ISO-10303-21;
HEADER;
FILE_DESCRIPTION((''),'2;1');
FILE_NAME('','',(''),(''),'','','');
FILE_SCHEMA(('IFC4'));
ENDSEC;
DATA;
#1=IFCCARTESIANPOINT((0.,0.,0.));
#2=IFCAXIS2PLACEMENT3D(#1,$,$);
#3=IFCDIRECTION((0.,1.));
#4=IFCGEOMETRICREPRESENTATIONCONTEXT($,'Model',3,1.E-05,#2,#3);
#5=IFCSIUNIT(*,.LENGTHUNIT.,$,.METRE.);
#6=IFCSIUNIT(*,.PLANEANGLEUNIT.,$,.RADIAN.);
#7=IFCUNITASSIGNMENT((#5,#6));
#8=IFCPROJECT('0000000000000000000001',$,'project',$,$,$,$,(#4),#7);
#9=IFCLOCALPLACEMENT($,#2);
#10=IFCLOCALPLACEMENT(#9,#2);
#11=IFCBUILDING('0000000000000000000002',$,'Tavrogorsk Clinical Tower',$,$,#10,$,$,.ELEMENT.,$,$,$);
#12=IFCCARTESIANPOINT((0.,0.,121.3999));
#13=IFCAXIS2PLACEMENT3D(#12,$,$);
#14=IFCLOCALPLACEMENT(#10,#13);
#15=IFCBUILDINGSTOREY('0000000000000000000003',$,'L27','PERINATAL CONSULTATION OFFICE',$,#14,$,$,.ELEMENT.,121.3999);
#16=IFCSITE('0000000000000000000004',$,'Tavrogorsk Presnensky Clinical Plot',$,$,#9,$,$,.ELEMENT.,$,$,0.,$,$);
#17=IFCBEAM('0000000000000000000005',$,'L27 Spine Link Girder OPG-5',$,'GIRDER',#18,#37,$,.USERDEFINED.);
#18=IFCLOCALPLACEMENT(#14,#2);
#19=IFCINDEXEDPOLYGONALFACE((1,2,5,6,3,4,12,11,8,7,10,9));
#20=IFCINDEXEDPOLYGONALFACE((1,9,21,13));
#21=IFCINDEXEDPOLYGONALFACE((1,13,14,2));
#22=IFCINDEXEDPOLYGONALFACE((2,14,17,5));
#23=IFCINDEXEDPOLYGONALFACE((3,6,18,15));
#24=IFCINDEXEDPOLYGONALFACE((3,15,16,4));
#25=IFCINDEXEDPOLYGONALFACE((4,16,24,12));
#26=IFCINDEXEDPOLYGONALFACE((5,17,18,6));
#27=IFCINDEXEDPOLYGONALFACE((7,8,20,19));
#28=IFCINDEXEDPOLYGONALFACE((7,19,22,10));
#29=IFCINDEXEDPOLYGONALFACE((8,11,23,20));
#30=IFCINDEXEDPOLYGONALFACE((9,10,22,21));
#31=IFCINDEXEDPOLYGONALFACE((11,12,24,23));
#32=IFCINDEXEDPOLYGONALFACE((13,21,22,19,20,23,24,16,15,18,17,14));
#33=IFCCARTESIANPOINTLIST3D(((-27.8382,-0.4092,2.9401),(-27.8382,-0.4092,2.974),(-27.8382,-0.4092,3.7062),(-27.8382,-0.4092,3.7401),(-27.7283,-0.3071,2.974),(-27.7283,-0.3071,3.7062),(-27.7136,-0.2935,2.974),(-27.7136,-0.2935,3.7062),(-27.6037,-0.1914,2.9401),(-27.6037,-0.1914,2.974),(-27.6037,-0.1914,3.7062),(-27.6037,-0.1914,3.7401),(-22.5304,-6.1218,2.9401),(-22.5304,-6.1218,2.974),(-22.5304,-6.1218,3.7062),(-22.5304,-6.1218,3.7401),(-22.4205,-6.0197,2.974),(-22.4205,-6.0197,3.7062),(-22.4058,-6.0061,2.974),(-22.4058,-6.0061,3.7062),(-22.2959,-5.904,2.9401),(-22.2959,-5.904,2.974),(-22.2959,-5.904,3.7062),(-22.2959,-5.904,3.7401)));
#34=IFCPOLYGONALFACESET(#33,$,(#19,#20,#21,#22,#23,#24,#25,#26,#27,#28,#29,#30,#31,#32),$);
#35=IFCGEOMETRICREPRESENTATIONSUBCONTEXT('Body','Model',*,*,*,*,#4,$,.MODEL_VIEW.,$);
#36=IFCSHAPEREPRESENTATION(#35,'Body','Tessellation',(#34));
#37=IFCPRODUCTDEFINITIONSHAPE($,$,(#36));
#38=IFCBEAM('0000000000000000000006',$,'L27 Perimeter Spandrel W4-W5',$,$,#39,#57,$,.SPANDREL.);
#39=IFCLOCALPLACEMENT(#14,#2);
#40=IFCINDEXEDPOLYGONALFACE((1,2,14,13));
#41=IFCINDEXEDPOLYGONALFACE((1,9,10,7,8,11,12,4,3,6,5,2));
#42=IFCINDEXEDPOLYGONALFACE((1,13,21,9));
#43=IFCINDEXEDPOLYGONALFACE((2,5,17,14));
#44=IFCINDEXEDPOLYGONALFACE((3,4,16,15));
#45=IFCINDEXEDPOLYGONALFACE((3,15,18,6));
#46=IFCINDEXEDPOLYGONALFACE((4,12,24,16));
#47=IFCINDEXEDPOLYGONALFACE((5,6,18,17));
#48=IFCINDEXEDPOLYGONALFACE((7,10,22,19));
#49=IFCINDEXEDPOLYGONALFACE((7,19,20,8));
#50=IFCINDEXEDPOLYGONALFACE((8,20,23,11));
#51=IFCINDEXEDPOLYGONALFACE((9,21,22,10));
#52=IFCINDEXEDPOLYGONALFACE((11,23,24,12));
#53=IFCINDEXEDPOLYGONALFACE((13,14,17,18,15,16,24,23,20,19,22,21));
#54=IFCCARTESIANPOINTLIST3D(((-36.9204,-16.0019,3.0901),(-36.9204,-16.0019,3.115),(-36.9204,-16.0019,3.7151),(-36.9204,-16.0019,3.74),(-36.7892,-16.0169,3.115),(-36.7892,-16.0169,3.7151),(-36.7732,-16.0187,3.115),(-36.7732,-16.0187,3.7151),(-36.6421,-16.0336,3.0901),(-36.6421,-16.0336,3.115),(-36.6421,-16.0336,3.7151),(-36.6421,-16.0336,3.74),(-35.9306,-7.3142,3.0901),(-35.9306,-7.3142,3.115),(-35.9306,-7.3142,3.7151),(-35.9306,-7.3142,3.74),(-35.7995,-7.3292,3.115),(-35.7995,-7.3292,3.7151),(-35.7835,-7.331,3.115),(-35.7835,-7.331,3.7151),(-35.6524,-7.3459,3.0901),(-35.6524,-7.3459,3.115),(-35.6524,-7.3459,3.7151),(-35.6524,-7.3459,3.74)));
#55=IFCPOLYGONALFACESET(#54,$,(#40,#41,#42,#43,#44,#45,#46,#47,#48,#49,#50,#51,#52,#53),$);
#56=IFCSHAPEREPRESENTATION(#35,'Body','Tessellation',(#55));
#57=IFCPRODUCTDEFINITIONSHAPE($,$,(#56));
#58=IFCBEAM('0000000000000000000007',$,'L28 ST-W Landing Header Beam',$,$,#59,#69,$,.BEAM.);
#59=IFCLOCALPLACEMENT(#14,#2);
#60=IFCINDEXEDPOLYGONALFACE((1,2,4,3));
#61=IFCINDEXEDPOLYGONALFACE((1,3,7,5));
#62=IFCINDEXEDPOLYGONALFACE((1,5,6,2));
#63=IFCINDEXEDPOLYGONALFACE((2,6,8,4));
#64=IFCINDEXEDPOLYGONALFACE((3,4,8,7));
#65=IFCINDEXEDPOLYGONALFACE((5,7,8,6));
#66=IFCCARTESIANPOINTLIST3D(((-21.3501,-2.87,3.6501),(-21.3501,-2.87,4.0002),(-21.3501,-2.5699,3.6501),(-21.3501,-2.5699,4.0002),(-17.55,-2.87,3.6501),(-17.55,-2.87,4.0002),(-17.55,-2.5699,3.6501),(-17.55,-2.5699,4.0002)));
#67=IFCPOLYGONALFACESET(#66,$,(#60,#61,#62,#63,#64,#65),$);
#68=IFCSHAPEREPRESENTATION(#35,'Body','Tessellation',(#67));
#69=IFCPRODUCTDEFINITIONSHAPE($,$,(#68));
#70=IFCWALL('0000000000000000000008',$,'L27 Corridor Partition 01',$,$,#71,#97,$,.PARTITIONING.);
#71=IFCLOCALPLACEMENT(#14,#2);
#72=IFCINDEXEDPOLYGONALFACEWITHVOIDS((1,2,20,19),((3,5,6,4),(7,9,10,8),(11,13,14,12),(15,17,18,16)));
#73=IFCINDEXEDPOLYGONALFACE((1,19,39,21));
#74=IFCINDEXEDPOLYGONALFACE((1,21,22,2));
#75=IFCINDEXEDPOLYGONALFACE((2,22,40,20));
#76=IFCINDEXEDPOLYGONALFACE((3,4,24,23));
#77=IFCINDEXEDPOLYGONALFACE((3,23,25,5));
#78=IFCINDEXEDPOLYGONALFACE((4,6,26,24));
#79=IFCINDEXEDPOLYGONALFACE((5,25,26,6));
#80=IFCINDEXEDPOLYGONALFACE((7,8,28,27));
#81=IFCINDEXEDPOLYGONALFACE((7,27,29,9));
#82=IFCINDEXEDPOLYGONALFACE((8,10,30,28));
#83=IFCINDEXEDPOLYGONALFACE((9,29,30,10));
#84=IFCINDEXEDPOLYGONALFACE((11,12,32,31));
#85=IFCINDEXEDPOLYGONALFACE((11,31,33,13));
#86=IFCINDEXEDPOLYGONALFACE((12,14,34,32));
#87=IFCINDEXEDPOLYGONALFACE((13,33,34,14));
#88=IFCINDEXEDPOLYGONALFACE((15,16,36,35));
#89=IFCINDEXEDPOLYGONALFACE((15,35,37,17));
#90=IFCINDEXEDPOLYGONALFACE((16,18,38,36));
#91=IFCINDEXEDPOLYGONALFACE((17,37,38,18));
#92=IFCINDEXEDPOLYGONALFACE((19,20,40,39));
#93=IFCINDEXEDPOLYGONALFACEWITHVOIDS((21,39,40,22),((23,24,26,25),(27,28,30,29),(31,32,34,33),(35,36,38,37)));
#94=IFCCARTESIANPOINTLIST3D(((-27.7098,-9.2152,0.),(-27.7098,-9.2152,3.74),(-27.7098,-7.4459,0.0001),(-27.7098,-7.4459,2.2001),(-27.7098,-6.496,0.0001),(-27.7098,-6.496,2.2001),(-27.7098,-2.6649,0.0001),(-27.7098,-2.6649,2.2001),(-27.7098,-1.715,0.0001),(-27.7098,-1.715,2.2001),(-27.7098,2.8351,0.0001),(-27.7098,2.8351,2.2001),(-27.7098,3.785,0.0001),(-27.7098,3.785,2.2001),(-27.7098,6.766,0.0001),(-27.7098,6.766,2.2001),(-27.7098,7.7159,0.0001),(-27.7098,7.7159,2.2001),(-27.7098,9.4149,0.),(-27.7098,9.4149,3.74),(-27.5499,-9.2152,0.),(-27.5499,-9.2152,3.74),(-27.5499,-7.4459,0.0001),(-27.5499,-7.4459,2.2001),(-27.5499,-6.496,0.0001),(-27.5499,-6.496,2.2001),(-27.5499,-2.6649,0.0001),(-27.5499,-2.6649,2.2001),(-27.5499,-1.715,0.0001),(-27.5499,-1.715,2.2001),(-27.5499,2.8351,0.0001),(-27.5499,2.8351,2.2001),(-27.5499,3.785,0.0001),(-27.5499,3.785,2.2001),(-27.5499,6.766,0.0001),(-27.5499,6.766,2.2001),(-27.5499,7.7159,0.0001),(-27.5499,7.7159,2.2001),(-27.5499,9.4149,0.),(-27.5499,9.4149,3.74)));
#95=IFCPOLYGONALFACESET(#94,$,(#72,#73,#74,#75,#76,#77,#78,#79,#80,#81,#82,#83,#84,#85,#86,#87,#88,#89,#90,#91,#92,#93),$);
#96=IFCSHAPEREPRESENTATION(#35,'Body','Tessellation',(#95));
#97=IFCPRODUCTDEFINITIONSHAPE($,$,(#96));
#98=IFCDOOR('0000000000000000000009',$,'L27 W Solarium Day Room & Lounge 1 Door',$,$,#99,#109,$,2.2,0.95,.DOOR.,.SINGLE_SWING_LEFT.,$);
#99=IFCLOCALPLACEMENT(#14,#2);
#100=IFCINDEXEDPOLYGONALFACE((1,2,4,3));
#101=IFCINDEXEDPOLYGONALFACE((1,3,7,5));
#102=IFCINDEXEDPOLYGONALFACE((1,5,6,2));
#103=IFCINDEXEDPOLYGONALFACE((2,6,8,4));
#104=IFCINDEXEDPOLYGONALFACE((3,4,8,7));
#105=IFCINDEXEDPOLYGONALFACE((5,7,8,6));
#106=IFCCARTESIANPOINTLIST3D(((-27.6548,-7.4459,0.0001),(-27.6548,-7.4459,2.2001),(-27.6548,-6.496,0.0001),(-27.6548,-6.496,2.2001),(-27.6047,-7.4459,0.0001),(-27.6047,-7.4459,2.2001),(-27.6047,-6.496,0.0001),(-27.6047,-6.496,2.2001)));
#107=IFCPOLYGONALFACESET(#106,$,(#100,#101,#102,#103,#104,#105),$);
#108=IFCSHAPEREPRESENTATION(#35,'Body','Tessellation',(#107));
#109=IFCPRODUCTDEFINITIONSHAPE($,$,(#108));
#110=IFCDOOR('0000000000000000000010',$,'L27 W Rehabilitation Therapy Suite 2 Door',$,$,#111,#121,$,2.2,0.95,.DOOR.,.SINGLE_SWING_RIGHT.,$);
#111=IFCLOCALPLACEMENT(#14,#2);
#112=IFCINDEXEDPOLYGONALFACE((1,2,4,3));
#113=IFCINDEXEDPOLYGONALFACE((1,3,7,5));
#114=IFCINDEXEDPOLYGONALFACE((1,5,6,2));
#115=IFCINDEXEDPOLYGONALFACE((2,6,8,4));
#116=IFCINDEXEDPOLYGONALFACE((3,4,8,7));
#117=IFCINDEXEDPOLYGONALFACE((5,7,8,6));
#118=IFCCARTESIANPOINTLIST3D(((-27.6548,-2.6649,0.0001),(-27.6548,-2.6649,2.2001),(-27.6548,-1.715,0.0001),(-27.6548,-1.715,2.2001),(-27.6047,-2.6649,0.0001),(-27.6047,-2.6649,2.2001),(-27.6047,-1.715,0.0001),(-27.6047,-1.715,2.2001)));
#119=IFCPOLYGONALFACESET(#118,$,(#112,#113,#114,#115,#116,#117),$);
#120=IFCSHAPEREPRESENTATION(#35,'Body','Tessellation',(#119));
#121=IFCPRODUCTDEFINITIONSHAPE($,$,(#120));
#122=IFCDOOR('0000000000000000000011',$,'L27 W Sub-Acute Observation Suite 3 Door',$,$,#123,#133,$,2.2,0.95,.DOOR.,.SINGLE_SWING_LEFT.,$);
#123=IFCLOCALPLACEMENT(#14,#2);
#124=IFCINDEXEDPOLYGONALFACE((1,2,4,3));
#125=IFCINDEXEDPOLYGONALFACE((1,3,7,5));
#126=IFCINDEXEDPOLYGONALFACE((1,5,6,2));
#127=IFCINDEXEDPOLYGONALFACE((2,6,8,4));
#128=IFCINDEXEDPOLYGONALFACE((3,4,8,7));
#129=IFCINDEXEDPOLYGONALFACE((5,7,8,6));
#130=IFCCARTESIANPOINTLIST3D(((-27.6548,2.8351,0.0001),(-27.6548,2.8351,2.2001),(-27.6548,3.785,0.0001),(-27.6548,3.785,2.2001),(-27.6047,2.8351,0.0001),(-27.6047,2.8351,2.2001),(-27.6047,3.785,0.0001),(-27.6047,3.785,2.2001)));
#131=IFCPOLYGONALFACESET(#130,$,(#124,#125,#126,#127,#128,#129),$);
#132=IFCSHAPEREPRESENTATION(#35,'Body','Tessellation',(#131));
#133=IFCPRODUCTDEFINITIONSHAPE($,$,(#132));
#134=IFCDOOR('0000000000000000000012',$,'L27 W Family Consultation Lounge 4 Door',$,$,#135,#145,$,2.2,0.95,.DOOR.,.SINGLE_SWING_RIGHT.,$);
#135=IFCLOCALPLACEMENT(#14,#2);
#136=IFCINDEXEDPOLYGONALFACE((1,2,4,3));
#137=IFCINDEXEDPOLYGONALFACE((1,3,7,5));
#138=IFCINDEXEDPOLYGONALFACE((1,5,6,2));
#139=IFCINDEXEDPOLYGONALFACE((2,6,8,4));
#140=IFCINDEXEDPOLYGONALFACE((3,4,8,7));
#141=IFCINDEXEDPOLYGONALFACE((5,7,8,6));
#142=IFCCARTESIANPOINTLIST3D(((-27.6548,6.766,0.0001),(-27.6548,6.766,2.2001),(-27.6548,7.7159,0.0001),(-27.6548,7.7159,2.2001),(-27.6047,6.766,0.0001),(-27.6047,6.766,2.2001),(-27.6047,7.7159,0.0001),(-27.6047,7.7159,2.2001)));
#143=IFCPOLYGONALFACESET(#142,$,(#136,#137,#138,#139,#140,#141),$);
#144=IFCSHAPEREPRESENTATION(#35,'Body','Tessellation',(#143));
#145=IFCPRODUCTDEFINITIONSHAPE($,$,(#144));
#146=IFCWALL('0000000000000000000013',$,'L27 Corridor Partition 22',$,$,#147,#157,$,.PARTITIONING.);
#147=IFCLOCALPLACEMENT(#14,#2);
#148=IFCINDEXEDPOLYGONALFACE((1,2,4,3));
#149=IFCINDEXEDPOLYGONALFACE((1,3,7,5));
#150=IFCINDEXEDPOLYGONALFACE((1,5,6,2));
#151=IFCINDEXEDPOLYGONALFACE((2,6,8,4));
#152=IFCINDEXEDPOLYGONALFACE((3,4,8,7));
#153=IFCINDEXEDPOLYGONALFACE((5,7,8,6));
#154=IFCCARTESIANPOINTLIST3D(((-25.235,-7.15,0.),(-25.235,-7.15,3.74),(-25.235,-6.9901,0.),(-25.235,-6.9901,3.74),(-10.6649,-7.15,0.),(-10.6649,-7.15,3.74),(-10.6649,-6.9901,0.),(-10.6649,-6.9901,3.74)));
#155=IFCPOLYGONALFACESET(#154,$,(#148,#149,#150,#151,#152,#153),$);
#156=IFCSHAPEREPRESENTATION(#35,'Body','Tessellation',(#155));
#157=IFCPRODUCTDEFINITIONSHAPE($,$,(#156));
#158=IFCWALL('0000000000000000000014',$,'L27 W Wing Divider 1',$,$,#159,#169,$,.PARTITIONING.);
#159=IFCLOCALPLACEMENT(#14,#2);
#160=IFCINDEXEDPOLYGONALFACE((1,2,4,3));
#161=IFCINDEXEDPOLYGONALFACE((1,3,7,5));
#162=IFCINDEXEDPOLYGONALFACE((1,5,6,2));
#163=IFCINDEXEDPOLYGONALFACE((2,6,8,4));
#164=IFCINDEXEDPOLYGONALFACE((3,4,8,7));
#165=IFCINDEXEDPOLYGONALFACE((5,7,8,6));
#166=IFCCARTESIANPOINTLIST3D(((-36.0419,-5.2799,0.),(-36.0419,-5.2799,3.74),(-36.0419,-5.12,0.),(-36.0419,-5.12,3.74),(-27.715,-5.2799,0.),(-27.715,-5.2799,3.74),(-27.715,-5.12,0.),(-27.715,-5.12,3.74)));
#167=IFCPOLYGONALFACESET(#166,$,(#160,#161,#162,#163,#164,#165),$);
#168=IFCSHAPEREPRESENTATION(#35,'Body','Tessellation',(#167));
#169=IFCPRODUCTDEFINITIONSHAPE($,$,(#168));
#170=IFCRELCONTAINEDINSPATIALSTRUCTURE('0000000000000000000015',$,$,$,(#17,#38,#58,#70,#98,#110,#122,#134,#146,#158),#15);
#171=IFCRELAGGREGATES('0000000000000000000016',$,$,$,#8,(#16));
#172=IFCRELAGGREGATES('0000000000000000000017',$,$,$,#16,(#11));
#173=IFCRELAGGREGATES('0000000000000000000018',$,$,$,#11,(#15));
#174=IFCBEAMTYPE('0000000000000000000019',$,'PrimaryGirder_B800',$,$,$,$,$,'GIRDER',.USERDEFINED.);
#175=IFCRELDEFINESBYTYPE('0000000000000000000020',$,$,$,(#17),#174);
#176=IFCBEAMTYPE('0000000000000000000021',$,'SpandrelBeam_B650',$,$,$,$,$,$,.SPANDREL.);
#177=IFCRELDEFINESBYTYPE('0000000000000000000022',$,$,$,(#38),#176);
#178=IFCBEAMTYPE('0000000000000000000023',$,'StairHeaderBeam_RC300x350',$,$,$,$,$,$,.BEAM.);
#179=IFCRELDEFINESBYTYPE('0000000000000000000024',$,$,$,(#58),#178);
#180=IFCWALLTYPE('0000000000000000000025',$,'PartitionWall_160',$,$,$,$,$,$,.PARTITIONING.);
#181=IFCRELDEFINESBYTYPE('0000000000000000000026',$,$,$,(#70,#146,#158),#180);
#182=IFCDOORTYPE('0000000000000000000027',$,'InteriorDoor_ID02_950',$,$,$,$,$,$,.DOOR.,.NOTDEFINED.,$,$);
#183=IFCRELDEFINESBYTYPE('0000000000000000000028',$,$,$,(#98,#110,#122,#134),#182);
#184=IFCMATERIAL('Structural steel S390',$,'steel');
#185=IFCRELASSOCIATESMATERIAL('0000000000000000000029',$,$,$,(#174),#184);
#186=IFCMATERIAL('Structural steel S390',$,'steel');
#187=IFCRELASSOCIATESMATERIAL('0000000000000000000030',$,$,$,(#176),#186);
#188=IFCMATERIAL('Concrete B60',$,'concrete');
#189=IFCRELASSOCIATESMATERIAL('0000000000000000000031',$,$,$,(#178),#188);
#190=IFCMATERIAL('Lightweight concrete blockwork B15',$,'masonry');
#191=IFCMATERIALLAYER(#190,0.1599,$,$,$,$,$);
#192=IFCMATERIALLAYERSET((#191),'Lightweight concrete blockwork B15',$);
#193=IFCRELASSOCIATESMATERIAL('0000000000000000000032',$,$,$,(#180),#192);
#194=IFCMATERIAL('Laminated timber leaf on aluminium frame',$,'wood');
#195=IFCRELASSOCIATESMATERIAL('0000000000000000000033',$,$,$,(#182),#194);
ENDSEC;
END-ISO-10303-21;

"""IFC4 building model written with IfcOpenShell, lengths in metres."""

from ifc_helpers import new_model, si_unit, direction, frame, frame_2d, origin, origin_2d, place, context, subcontext, project, spatial, rectangle, i_section, extrude, material, layer, layer_set, material_profile, profile_set, type_object, element, fill, save


model = new_model("IFC4")

# Units and contexts
model_context = context("Model", 3, precision=1e-05, world=origin(), true_north=direction((0.0, 1.0)))
body_context = subcontext(model_context, "Body", "Model", "MODEL_VIEW")
ifc_project = project(units=[si_unit("LENGTHUNIT", "METRE"), si_unit("PLANEANGLEUNIT", "RADIAN")], contexts=[model_context])

# Site, building, storey
site_placement = place(None, origin())
site = spatial("IfcSite", under=ifc_project, at=site_placement, Name="Tavrogorsk Presnensky Clinical Plot", CompositionType="ELEMENT", RefElevation=0.0)
building_placement = place(site_placement, origin())
building = spatial("IfcBuilding", under=site, at=building_placement, Name="Tavrogorsk Clinical Tower", CompositionType="ELEMENT")
storey_placement = place(building_placement, frame((0.0, 0.0, 121.3999)))
storey = spatial("IfcBuildingStorey", under=building, at=storey_placement, Name="L27", Description="PERINATAL CONSULTATION OFFICE", CompositionType="ELEMENT", Elevation=121.3999)

# Beams
ifc_material_1 = material(Name="Structural steel S390", Category="steel")
ifc_material_profile_1 = material_profile(ifc_material_1, i_section(OverallWidth=0.3201, OverallDepth=0.8, WebThickness=0.02, FlangeThickness=0.0339, at=origin_2d()), Name="B-800x320x20x34")
ifc_profile_set_1 = profile_set([ifc_material_profile_1], Name="Structural steel S390")
beam_type_1 = type_object("IfcBeamType", Name="PrimaryGirder_B800", ElementType="GIRDER", PredefinedType="USERDEFINED", material=ifc_profile_set_1)
beam_1_placement = place(storey_placement, frame((-27.7209, -0.3003, 3.3401), z_axis=(0.680676, -0.732585, 0.0), x_axis=(0.732585, 0.680676, 0.0)))
element("IfcBeam", 1, at=beam_1_placement, inside=storey, type_object=beam_type_1, Name="L27 Spine Link Girder OPG-5", ObjectType="GIRDER", PredefinedType="USERDEFINED", context=body_context, shape_type="SweptSolid", body=[
    extrude(i_section(OverallWidth=0.3201, OverallDepth=0.8, WebThickness=0.02, FlangeThickness=0.0339, at=origin_2d()), origin(), (0.0, 0.0, 1.0), 7.7979),
])
ifc_material_2 = material(Name="Structural steel S390", Category="steel")
ifc_material_profile_2 = material_profile(ifc_material_2, i_section(OverallWidth=0.28, OverallDepth=0.6499, WebThickness=0.0161, FlangeThickness=0.0249, at=origin_2d()), Name="B-650x280x16x25")
ifc_profile_set_2 = profile_set([ifc_material_profile_2], Name="Structural steel S390")
beam_type_2 = type_object("IfcBeamType", Name="SpandrelBeam_B650", PredefinedType="SPANDREL", material=ifc_profile_set_2)
beam_2_placement = place(storey_placement, frame((-35.7915, -7.3301, 3.415), z_axis=(-0.113192, -0.993573, 0.0), x_axis=(0.993573, -0.113192, 0.0)))
element("IfcBeam", 2, at=beam_2_placement, inside=storey, type_object=beam_type_2, Name="L27 Perimeter Spandrel W4-W5", PredefinedType="SPANDREL", context=body_context, shape_type="SweptSolid", body=[
    extrude(i_section(OverallWidth=0.28, OverallDepth=0.6499, WebThickness=0.0161, FlangeThickness=0.0249, at=origin_2d()), origin(), (0.0, 0.0, 1.0), 8.7439),
])
ifc_material_3 = material(Name="Concrete B60", Category="concrete")
ifc_material_profile_3 = material_profile(ifc_material_3, rectangle(XDim=0.3, YDim=0.3501, at=origin_2d()), Name="RC-SHB-300x350")
ifc_profile_set_3 = profile_set([ifc_material_profile_3], Name="Concrete B60")
beam_type_3 = type_object("IfcBeamType", Name="StairHeaderBeam_RC300x350", PredefinedType="BEAM", material=ifc_profile_set_3)
beam_3_placement = place(storey_placement, frame((-21.3501, -2.72, 3.8252), z_axis=(1.0, 0.0, 0.0), x_axis=(0.0, 1.0, 0.0)))
element("IfcBeam", 3, at=beam_3_placement, inside=storey, type_object=beam_type_3, Name="L28 ST-W Landing Header Beam", PredefinedType="BEAM", context=body_context, shape_type="SweptSolid", body=[
    extrude(rectangle(XDim=0.3, YDim=0.3501, at=origin_2d()), origin(), (0.0, 0.0, 1.0), 3.8),
])

# Wall, openings, doors
ifc_material_4 = material(Name="Lightweight concrete blockwork B15", Category="masonry")
ifc_layer_1 = layer(ifc_material_4, 0.1599)
ifc_layer_set_1 = layer_set([ifc_layer_1], Name="Lightweight concrete blockwork B15")
wall_type_1 = type_object("IfcWallType", Name="PartitionWall_160", PredefinedType="PARTITIONING", material=ifc_layer_set_1)
wall_1_placement = place(storey_placement, frame((-27.6299, -9.2151, 0.0), z_axis=(0.0, 0.0, 1.0), x_axis=(0.0, 1.0, 0.0)))
wall_1 = element("IfcWall", 4, at=wall_1_placement, inside=storey, type_object=wall_type_1, Name="L27 Corridor Partition 01", PredefinedType="PARTITIONING", context=body_context, shape_type="SweptSolid", body=[
    extrude(rectangle(XDim=18.6301, YDim=0.1599, at=frame_2d((9.3149, 0.0))), origin(), (0.0, 0.0, 1.0), 3.74),
])
opening_1_placement = place(wall_1_placement, frame((1.769, 0.0, 0.0)))
opening_1 = element("IfcOpeningElement", 5, at=opening_1_placement, cuts=wall_1, PredefinedType="OPENING", context=body_context, shape_type="SweptSolid", body=[
    extrude(rectangle(XDim=0.95, YDim=2.2, at=frame_2d((0.4751, 1.1001))), frame((0.0, 0.0898, 0.0), z_axis=(0.0, -1.0, 0.0), x_axis=(1.0, 0.0, 0.0)), (0.0, 0.0, 1.0), 0.1799),
])
opening_2_placement = place(wall_1_placement, frame((6.55, 0.0, 0.0)))
opening_2 = element("IfcOpeningElement", 6, at=opening_2_placement, cuts=wall_1, PredefinedType="OPENING", context=body_context, shape_type="SweptSolid", body=[
    extrude(rectangle(XDim=0.95, YDim=2.2, at=frame_2d((0.4751, 1.1001))), frame((0.0, 0.0898, 0.0), z_axis=(0.0, -1.0, 0.0), x_axis=(1.0, 0.0, 0.0)), (0.0, 0.0, 1.0), 0.1799),
])
opening_3_placement = place(wall_1_placement, frame((12.05, 0.0, 0.0)))
opening_3 = element("IfcOpeningElement", 7, at=opening_3_placement, cuts=wall_1, PredefinedType="OPENING", context=body_context, shape_type="SweptSolid", body=[
    extrude(rectangle(XDim=0.95, YDim=2.2, at=frame_2d((0.4751, 1.1001))), frame((0.0, 0.0898, 0.0), z_axis=(0.0, -1.0, 0.0), x_axis=(1.0, 0.0, 0.0)), (0.0, 0.0, 1.0), 0.1799),
])
opening_4_placement = place(wall_1_placement, frame((15.981, 0.0, 0.0)))
opening_4 = element("IfcOpeningElement", 8, at=opening_4_placement, cuts=wall_1, PredefinedType="OPENING", context=body_context, shape_type="SweptSolid", body=[
    extrude(rectangle(XDim=0.95, YDim=2.2, at=frame_2d((0.4751, 1.1001))), frame((0.0, 0.0898, 0.0), z_axis=(0.0, -1.0, 0.0), x_axis=(1.0, 0.0, 0.0)), (0.0, 0.0, 1.0), 0.1799),
])
ifc_material_5 = material(Name="Laminated timber leaf on aluminium frame", Category="wood")
door_type = type_object("IfcDoorType", Name="InteriorDoor_ID02_950", OperationType="NOTDEFINED", PredefinedType="DOOR", material=ifc_material_5)
door_1_placement = place(opening_1_placement, origin())
door_1 = element("IfcDoor", 9, at=door_1_placement, inside=storey, type_object=door_type, Name="L27 W Solarium Day Room & Lounge 1 Door", OperationType="SINGLE_SWING_LEFT", OverallHeight=2.2, OverallWidth=0.95, PredefinedType="DOOR", context=body_context, shape_type="SweptSolid", body=[
    extrude(rectangle(XDim=0.95, YDim=2.2, at=frame_2d((0.4751, 1.1001))), frame((0.0, 0.0249, 0.0), z_axis=(0.0, -1.0, 0.0), x_axis=(1.0, 0.0, 0.0)), (0.0, 0.0, 1.0), 0.05),
])
fill(opening_1, door_1)
door_2_placement = place(opening_2_placement, origin())
door_2 = element("IfcDoor", 10, at=door_2_placement, inside=storey, type_object=door_type, Name="L27 W Rehabilitation Therapy Suite 2 Door", OperationType="SINGLE_SWING_RIGHT", OverallHeight=2.2, OverallWidth=0.95, PredefinedType="DOOR", context=body_context, shape_type="SweptSolid", body=[
    extrude(rectangle(XDim=0.95, YDim=2.2, at=frame_2d((0.4751, 1.1001))), frame((0.0, 0.0249, 0.0), z_axis=(0.0, -1.0, 0.0), x_axis=(1.0, 0.0, 0.0)), (0.0, 0.0, 1.0), 0.05),
])
fill(opening_2, door_2)
door_3_placement = place(opening_3_placement, origin())
door_3 = element("IfcDoor", 11, at=door_3_placement, inside=storey, type_object=door_type, Name="L27 W Sub-Acute Observation Suite 3 Door", OperationType="SINGLE_SWING_LEFT", OverallHeight=2.2, OverallWidth=0.95, PredefinedType="DOOR", context=body_context, shape_type="SweptSolid", body=[
    extrude(rectangle(XDim=0.95, YDim=2.2, at=frame_2d((0.4751, 1.1001))), frame((0.0, 0.0249, 0.0), z_axis=(0.0, -1.0, 0.0), x_axis=(1.0, 0.0, 0.0)), (0.0, 0.0, 1.0), 0.05),
])
fill(opening_3, door_3)
door_4_placement = place(opening_4_placement, origin())
door_4 = element("IfcDoor", 12, at=door_4_placement, inside=storey, type_object=door_type, Name="L27 W Family Consultation Lounge 4 Door", OperationType="SINGLE_SWING_RIGHT", OverallHeight=2.2, OverallWidth=0.95, PredefinedType="DOOR", context=body_context, shape_type="SweptSolid", body=[
    extrude(rectangle(XDim=0.95, YDim=2.2, at=frame_2d((0.4751, 1.1001))), frame((0.0, 0.0249, 0.0), z_axis=(0.0, -1.0, 0.0), x_axis=(1.0, 0.0, 0.0)), (0.0, 0.0, 1.0), 0.05),
])
fill(opening_4, door_4)

# Walls
wall_2_placement = place(storey_placement, frame((-25.2351, -7.0701, 0.0), z_axis=(0.0, 0.0, 1.0), x_axis=(1.0, 0.0, 0.0)))
element("IfcWall", 13, at=wall_2_placement, inside=storey, type_object=wall_type_1, Name="L27 Corridor Partition 22", PredefinedType="PARTITIONING", context=body_context, shape_type="SweptSolid", body=[
    extrude(rectangle(XDim=14.5701, YDim=0.1599, at=frame_2d((7.2852, 0.0))), origin(), (0.0, 0.0, 1.0), 3.74),
])
wall_3_placement = place(storey_placement, frame((-36.042, -5.2, 0.0), z_axis=(0.0, 0.0, 1.0), x_axis=(1.0, 0.0, 0.0)))
element("IfcWall", 14, at=wall_3_placement, inside=storey, type_object=wall_type_1, Name="L27 W Wing Divider 1", PredefinedType="PARTITIONING", context=body_context, shape_type="SweptSolid", body=[
    extrude(rectangle(XDim=8.3269, YDim=0.1599, at=frame_2d((4.1636, 0.0))), origin(), (0.0, 0.0, 1.0), 3.74),
])

save(model, "model.ifc")
